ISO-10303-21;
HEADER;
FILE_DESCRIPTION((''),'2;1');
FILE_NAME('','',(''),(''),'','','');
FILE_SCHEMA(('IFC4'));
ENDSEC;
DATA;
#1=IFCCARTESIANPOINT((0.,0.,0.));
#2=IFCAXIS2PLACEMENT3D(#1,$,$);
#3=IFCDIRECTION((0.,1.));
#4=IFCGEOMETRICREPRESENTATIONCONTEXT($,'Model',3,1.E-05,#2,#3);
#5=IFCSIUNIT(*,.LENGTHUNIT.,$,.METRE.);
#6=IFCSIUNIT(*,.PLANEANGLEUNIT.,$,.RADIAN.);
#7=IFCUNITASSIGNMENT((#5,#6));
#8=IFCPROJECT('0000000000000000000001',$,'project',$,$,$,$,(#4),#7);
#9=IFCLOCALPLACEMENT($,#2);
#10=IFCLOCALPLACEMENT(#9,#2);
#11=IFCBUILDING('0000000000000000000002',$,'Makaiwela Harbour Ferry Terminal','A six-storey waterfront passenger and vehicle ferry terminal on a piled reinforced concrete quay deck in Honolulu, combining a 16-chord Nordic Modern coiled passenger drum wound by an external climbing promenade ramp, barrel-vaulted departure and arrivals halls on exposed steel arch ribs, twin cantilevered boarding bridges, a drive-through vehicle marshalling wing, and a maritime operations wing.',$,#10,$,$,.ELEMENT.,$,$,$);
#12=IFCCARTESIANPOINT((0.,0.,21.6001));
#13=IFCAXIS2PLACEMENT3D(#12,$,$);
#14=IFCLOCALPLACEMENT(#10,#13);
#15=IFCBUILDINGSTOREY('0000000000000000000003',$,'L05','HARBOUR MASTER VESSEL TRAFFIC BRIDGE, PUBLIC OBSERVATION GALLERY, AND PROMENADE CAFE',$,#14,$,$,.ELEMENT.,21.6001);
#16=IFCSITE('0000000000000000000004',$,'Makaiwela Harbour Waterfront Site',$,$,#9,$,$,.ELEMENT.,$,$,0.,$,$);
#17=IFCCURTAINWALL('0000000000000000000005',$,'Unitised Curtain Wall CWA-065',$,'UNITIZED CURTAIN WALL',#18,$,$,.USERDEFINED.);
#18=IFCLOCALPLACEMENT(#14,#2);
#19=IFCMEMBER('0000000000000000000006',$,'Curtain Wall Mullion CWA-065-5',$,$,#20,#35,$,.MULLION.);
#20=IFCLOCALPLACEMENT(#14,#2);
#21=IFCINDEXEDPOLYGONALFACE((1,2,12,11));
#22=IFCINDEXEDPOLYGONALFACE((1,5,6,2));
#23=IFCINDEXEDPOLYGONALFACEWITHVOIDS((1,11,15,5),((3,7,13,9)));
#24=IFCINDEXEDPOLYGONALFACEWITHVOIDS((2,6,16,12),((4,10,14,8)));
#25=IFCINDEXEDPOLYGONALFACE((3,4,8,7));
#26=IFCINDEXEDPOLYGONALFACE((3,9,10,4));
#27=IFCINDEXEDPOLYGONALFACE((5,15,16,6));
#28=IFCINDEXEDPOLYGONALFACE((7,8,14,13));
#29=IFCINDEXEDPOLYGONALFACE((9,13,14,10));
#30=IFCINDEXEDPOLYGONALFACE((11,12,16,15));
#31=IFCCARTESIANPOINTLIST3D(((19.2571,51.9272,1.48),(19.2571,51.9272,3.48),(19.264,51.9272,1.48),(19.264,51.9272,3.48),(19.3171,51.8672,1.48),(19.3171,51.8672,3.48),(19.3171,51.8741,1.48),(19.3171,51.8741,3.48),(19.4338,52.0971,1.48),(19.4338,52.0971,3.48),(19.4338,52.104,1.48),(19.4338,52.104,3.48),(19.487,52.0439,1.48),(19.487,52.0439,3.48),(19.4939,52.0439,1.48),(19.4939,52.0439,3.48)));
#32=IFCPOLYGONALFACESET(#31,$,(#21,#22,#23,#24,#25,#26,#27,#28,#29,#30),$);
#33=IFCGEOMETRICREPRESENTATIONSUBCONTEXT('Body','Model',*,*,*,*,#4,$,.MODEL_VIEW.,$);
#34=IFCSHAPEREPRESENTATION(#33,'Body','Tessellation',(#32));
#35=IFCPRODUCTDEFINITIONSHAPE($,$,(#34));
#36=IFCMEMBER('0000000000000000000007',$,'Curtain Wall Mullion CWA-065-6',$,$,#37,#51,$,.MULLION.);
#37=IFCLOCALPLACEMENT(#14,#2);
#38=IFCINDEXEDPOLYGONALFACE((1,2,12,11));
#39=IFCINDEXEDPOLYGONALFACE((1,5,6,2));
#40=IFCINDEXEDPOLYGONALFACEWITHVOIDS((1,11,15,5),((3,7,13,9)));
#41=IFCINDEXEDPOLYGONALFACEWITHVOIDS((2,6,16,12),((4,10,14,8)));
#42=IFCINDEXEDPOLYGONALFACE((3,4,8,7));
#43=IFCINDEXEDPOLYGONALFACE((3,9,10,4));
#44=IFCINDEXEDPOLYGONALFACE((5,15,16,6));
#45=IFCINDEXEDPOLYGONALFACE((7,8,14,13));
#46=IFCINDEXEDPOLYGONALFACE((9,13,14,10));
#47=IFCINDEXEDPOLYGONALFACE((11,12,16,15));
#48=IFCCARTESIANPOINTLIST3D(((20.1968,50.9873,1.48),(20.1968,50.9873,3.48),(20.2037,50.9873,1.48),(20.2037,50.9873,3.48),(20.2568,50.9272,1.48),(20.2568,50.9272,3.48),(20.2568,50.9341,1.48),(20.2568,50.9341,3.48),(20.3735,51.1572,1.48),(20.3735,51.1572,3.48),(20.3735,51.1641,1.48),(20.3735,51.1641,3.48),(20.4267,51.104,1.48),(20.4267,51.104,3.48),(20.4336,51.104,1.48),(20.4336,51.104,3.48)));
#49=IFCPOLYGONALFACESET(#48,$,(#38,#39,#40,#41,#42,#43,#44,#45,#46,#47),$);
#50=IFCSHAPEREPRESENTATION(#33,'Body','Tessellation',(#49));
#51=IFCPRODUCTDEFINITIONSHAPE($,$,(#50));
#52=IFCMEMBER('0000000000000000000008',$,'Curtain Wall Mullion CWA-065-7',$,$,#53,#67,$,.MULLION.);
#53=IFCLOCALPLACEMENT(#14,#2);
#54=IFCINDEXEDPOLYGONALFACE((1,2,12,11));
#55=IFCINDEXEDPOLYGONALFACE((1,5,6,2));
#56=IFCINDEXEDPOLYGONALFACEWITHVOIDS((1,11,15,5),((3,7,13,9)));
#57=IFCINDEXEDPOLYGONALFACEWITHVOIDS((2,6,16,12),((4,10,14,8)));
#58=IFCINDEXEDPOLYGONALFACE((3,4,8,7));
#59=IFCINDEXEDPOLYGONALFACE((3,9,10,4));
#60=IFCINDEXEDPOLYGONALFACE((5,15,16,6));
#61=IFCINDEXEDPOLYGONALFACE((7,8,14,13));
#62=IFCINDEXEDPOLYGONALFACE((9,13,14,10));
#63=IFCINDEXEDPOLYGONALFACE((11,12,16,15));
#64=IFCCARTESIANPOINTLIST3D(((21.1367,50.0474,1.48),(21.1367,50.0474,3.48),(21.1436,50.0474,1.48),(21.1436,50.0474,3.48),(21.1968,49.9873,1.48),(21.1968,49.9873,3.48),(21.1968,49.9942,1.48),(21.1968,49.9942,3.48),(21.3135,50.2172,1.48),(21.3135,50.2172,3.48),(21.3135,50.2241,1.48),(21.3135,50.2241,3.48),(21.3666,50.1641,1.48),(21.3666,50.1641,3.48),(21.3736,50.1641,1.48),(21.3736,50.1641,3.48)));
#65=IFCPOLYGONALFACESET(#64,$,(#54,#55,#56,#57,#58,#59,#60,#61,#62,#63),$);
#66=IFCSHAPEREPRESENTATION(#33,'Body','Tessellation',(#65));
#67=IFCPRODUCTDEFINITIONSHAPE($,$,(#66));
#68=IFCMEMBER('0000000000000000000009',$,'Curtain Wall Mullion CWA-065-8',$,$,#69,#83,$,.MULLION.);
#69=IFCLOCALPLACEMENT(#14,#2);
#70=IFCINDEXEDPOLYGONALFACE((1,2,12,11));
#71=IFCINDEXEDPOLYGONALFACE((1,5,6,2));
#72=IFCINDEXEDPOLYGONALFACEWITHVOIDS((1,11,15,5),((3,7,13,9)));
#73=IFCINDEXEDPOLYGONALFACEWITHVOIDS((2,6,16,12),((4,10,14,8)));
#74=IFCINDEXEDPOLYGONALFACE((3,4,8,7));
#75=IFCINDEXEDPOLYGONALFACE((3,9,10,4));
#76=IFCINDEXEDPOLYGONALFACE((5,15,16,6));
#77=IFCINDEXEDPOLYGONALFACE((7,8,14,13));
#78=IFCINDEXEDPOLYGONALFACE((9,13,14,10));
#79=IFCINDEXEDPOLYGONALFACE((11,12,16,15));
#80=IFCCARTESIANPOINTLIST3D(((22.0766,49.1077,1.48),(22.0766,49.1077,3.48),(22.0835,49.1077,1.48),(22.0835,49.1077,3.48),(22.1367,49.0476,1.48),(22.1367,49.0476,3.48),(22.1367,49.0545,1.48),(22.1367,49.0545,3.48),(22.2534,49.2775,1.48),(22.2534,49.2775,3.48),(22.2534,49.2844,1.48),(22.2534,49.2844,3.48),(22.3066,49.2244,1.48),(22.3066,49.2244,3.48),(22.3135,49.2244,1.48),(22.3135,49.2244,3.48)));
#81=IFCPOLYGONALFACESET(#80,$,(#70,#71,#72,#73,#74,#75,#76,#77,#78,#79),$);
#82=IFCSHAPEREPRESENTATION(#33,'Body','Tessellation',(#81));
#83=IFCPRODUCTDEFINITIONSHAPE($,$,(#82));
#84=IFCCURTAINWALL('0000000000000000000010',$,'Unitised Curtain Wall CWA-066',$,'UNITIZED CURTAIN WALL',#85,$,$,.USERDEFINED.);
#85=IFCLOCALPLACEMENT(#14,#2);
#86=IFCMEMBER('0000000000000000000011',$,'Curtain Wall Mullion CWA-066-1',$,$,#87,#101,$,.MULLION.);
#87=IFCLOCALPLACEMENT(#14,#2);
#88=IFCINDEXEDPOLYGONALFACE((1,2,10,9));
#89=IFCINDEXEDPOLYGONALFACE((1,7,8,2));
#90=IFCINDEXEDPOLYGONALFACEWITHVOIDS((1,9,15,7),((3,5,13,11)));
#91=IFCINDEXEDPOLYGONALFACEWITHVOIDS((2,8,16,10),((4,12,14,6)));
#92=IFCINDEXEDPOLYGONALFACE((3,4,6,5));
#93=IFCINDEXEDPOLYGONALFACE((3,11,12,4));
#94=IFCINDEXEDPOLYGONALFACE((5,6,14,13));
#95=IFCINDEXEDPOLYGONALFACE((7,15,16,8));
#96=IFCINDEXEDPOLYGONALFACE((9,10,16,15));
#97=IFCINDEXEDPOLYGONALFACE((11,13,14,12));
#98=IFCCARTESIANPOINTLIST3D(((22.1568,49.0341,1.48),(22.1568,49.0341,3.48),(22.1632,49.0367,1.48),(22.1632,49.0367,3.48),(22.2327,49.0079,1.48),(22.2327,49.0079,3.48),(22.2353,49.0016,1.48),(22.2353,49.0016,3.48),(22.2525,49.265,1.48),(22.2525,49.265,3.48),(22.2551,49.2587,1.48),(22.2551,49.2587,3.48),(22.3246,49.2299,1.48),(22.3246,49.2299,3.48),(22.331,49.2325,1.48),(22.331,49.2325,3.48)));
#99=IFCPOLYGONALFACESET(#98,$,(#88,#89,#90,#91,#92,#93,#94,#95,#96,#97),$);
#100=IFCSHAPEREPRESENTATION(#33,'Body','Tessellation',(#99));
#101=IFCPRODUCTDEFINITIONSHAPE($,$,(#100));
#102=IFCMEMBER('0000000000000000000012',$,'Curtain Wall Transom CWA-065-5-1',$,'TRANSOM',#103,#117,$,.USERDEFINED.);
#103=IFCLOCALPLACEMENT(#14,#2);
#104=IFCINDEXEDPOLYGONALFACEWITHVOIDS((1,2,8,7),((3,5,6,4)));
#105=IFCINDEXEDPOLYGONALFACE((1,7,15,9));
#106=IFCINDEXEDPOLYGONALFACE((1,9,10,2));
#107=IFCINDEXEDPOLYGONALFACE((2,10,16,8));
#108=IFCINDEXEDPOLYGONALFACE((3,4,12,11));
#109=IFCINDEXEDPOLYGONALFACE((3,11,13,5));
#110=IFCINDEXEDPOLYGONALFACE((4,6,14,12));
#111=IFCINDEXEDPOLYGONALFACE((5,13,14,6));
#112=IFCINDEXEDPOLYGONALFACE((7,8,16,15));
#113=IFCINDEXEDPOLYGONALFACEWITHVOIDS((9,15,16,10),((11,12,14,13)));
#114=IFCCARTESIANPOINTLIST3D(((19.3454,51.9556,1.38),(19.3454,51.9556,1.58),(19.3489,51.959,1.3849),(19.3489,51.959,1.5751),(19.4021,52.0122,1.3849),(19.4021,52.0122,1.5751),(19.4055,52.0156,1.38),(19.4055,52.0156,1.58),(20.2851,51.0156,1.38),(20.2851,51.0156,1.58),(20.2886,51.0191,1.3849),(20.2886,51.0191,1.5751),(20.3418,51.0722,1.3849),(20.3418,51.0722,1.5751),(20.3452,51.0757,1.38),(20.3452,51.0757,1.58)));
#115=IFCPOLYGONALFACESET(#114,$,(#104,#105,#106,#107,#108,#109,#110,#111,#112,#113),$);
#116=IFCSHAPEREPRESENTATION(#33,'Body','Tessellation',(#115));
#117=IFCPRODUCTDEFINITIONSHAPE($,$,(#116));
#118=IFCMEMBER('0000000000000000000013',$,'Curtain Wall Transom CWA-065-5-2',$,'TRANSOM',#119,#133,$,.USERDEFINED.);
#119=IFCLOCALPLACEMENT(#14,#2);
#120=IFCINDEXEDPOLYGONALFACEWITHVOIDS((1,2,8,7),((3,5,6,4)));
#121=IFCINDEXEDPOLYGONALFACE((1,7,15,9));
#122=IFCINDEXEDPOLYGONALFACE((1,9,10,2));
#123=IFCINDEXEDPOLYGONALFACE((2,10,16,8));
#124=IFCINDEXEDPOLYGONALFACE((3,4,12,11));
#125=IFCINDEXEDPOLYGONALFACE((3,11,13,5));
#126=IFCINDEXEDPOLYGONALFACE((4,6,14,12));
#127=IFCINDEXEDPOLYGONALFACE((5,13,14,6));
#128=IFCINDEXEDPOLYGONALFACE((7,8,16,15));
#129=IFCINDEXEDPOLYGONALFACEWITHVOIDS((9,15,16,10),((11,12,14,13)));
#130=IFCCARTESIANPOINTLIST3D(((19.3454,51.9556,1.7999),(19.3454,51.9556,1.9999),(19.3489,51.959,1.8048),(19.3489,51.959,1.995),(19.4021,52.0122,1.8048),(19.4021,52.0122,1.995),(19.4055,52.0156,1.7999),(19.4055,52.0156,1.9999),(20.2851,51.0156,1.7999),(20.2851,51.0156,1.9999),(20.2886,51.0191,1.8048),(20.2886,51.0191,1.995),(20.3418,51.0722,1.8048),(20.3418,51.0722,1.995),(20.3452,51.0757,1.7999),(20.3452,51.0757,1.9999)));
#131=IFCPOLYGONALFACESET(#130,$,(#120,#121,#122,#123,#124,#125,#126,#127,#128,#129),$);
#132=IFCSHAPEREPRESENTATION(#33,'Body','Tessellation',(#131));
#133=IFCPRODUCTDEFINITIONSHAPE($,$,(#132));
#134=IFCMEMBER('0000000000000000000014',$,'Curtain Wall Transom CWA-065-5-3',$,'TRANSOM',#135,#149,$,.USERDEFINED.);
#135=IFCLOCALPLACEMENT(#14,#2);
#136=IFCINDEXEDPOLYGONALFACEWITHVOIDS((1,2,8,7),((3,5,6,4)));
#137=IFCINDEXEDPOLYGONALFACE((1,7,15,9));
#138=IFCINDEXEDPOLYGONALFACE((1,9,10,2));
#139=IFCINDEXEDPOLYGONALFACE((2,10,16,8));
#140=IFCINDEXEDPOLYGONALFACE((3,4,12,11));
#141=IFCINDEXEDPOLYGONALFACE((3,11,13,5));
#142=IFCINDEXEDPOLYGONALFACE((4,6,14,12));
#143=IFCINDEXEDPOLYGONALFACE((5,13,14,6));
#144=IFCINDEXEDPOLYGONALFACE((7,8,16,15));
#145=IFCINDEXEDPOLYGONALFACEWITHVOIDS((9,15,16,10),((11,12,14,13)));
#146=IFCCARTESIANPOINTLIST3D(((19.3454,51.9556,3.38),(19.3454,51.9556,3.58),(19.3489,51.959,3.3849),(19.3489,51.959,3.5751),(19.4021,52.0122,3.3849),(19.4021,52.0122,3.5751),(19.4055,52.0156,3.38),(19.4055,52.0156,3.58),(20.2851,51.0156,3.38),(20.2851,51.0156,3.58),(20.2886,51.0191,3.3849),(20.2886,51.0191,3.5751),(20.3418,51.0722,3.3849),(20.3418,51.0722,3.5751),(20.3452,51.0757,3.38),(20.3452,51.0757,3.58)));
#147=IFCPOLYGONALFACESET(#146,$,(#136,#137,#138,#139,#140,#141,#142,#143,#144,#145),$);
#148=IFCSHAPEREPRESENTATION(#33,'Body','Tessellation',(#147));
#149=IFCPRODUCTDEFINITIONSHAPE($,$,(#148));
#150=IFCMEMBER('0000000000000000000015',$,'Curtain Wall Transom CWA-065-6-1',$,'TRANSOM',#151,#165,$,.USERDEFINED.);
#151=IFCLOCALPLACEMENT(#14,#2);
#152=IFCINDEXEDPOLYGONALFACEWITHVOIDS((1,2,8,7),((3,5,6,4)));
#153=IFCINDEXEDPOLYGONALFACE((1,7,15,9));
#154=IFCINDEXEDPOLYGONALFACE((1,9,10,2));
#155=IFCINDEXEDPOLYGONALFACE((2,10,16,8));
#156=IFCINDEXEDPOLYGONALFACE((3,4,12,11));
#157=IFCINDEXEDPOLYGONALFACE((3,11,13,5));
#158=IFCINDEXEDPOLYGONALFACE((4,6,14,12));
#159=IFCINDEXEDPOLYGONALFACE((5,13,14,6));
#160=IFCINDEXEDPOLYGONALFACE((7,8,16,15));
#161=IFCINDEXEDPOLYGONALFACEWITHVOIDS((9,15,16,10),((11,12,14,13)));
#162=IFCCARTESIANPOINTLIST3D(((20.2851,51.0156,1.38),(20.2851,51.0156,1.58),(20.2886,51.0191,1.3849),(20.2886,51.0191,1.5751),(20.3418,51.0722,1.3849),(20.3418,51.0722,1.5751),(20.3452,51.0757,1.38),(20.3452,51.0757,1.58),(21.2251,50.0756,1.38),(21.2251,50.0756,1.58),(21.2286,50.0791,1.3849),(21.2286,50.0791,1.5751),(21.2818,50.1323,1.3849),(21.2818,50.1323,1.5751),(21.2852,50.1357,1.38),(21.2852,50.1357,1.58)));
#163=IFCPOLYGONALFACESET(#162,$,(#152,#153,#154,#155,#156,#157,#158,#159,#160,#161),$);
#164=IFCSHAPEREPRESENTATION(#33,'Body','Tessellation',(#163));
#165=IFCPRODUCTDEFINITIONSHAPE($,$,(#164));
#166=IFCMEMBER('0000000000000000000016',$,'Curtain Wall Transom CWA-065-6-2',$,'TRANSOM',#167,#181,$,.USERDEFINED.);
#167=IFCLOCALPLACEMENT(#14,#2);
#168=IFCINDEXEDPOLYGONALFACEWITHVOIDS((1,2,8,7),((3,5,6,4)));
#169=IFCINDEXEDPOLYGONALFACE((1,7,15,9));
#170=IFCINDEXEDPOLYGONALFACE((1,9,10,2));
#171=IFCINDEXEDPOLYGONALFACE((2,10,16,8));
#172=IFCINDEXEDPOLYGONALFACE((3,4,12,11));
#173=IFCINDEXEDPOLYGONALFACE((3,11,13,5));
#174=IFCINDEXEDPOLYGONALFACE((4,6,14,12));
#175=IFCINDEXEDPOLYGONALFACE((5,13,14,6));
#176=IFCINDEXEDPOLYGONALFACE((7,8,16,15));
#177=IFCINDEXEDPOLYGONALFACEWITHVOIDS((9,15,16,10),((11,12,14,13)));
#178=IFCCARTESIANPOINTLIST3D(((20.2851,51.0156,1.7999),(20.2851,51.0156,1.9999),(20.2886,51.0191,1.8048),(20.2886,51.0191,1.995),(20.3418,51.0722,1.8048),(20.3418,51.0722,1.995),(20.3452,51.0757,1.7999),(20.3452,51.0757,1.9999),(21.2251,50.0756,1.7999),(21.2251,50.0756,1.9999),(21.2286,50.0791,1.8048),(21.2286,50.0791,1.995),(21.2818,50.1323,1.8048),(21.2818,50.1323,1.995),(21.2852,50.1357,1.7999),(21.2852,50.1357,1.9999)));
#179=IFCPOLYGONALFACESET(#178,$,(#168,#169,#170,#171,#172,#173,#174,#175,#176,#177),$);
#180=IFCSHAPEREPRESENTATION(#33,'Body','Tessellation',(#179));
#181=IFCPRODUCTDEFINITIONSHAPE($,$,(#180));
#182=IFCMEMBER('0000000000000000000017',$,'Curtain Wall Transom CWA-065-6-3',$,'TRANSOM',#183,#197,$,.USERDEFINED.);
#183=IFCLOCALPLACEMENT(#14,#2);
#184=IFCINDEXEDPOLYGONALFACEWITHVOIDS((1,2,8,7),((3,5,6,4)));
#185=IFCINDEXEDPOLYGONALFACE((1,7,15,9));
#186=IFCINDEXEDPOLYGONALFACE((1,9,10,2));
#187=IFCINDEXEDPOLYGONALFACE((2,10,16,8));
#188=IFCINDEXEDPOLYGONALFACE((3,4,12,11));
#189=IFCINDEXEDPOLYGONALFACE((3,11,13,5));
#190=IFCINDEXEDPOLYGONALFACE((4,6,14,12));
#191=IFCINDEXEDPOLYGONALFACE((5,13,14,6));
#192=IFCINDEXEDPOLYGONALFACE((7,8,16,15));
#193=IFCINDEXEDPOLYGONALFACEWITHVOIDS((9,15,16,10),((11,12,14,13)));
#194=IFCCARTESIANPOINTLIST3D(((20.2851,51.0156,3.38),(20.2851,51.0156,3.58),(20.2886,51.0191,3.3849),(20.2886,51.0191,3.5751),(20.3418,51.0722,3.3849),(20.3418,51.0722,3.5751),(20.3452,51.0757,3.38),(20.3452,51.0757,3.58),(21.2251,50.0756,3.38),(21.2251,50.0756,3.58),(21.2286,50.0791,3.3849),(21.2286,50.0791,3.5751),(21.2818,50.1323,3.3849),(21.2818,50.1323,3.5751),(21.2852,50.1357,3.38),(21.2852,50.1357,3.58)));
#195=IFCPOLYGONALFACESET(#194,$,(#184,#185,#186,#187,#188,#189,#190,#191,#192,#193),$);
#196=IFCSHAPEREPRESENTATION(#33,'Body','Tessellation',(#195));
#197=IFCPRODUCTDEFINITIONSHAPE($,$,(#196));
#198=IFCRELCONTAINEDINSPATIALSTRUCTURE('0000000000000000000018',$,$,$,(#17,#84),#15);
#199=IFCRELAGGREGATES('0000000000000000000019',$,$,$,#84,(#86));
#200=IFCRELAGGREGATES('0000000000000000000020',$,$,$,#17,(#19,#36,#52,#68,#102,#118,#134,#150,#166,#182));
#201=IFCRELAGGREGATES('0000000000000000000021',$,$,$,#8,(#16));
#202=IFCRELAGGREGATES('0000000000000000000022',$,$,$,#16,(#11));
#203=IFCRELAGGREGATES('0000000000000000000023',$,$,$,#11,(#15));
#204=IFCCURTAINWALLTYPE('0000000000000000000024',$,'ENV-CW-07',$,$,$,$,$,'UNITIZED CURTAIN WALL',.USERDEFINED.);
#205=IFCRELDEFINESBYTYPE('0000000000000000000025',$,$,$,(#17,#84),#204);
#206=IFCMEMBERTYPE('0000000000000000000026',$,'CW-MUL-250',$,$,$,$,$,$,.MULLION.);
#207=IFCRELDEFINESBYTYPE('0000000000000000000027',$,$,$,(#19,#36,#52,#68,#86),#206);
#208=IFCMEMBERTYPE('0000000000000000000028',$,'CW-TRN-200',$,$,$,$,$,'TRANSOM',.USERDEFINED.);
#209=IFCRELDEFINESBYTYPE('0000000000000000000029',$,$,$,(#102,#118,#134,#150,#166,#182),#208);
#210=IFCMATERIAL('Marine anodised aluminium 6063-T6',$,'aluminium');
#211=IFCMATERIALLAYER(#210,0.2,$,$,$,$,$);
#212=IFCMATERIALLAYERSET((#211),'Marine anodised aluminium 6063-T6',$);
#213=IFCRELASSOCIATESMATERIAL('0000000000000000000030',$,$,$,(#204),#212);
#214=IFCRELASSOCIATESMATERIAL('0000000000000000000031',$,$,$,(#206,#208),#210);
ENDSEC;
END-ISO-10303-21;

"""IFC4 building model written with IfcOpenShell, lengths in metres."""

from ifc_helpers import new_model, si_unit, direction, frame, origin, origin_2d, place, context, subcontext, project, spatial, hollow_rectangle, extrude, material, layer, layer_set, material_profile, profile_set, type_object, element, aggregate, save


model = new_model("IFC4")

# Units and contexts
model_context = context("Model", 3, precision=1e-05, world=origin(), true_north=direction((0.0, 1.0)))
body_context = subcontext(model_context, "Body", "Model", "MODEL_VIEW")
ifc_project = project(units=[si_unit("LENGTHUNIT", "METRE"), si_unit("PLANEANGLEUNIT", "RADIAN")], contexts=[model_context])

# Site, building, storey
site_placement = place(None, origin())
site = spatial("IfcSite", under=ifc_project, at=site_placement, Name="Makaiwela Harbour Waterfront Site", CompositionType="ELEMENT", RefElevation=0.0)
building_placement = place(site_placement, origin())
building = spatial("IfcBuilding", under=site, at=building_placement, Name="Makaiwela Harbour Ferry Terminal", Description="A six-storey waterfront passenger and vehicle ferry terminal on a piled reinforced concrete quay deck in Honolulu, combining a 16-chord Nordic Modern coiled passenger drum wound by an external climbing promenade ramp, barrel-vaulted departure and arrivals halls on exposed steel arch ribs, twin cantilevered boarding bridges, a drive-through vehicle marshalling wing, and a maritime operations wing.", CompositionType="ELEMENT")
storey_placement = place(building_placement, frame((0.0, 0.0, 21.6001)))
storey = spatial("IfcBuildingStorey", under=building, at=storey_placement, Name="L05", Description="HARBOUR MASTER VESSEL TRAFFIC BRIDGE, PUBLIC OBSERVATION GALLERY, AND PROMENADE CAFE", CompositionType="ELEMENT", Elevation=21.6001)

# Curtain wall, members
ifc_material_1 = material(Name="Marine anodised aluminium 6063-T6", Category="aluminium")
ifc_layer_1 = layer(ifc_material_1, 0.2)
ifc_layer_set_1 = layer_set([ifc_layer_1], Name="Marine anodised aluminium 6063-T6")
curtain_wall_type = type_object("IfcCurtainWallType", Name="ENV-CW-07", ElementType="UNITIZED CURTAIN WALL", PredefinedType="USERDEFINED", material=ifc_layer_set_1)
curtain_wall_1_placement = place(storey_placement, origin())
curtain_wall_1 = element("IfcCurtainWall", 1, at=curtain_wall_1_placement, inside=storey, type_object=curtain_wall_type, Name="Unitised Curtain Wall CWA-065", ObjectType="UNITIZED CURTAIN WALL", PredefinedType="USERDEFINED")
ifc_material_profile_1 = material_profile(ifc_material_1, hollow_rectangle(XDim=0.085, YDim=0.25, WallThickness=0.0049, at=origin_2d()), Name="CWM-250X85")
ifc_profile_set_1 = profile_set([ifc_material_profile_1], Name="Marine anodised aluminium 6063-T6")
member_type_1 = type_object("IfcMemberType", Name="CW-MUL-250", PredefinedType="MULLION", material=ifc_profile_set_1)
member_1_placement = place(storey_placement, frame((19.3755, 51.9856, 1.48), z_axis=(0.0, 0.0, 1.0), x_axis=(-0.707107, 0.707107, 0.0)))
member_1 = element("IfcMember", 2, at=member_1_placement, type_object=member_type_1, Name="Curtain Wall Mullion CWA-065-5", PredefinedType="MULLION", context=body_context, shape_type="SweptSolid", body=[
    extrude(hollow_rectangle(XDim=0.085, YDim=0.25, WallThickness=0.0049, at=origin_2d()), origin(), (0.0, 0.0, 1.0), 2.0),
])
member_2_placement = place(storey_placement, frame((20.3152, 51.0457, 1.48), z_axis=(0.0, 0.0, 1.0), x_axis=(-0.707107, 0.707107, 0.0)))
member_2 = element("IfcMember", 3, at=member_2_placement, type_object=member_type_1, Name="Curtain Wall Mullion CWA-065-6", PredefinedType="MULLION", context=body_context, shape_type="SweptSolid", body=[
    extrude(hollow_rectangle(XDim=0.085, YDim=0.25, WallThickness=0.0049, at=origin_2d()), origin(), (0.0, 0.0, 1.0), 2.0),
])
member_3_placement = place(storey_placement, frame((21.2551, 50.1057, 1.48), z_axis=(0.0, 0.0, 1.0), x_axis=(-0.707107, 0.707107, 0.0)))
member_3 = element("IfcMember", 4, at=member_3_placement, type_object=member_type_1, Name="Curtain Wall Mullion CWA-065-7", PredefinedType="MULLION", context=body_context, shape_type="SweptSolid", body=[
    extrude(hollow_rectangle(XDim=0.085, YDim=0.25, WallThickness=0.0049, at=origin_2d()), origin(), (0.0, 0.0, 1.0), 2.0),
])
member_4_placement = place(storey_placement, frame((22.1951, 49.166, 1.48), z_axis=(0.0, 0.0, 1.0), x_axis=(-0.707107, 0.707107, 0.0)))
member_4 = element("IfcMember", 5, at=member_4_placement, type_object=member_type_1, Name="Curtain Wall Mullion CWA-065-8", PredefinedType="MULLION", context=body_context, shape_type="SweptSolid", body=[
    extrude(hollow_rectangle(XDim=0.085, YDim=0.25, WallThickness=0.0049, at=origin_2d()), origin(), (0.0, 0.0, 1.0), 2.0),
])

# Curtain wall, member
curtain_wall_2_placement = place(storey_placement, origin())
curtain_wall_2 = element("IfcCurtainWall", 6, at=curtain_wall_2_placement, inside=storey, type_object=curtain_wall_type, Name="Unitised Curtain Wall CWA-066", ObjectType="UNITIZED CURTAIN WALL", PredefinedType="USERDEFINED")
member_5_placement = place(storey_placement, frame((22.2439, 49.1333, 1.48), z_axis=(0.0, 0.0, 1.0), x_axis=(-0.92388, 0.382683, 0.0)))
member_5 = element("IfcMember", 7, at=member_5_placement, type_object=member_type_1, Name="Curtain Wall Mullion CWA-066-1", PredefinedType="MULLION", context=body_context, shape_type="SweptSolid", body=[
    extrude(hollow_rectangle(XDim=0.085, YDim=0.25, WallThickness=0.0049, at=origin_2d()), origin(), (0.0, 0.0, 1.0), 2.0),
])
aggregate(curtain_wall_2, [member_5])

# Members
ifc_material_profile_2 = material_profile(ifc_material_1, hollow_rectangle(XDim=0.085, YDim=0.2, WallThickness=0.0049, at=origin_2d()), Name="CWT-200X85")
ifc_profile_set_2 = profile_set([ifc_material_profile_2], Name="Marine anodised aluminium 6063-T6")
member_type_2 = type_object("IfcMemberType", Name="CW-TRN-200", ElementType="TRANSOM", PredefinedType="USERDEFINED", material=ifc_profile_set_2)
member_6_placement = place(storey_placement, frame((19.3755, 51.9856, 1.48), z_axis=(0.707015, -0.707199, 0.0), x_axis=(0.707199, 0.707015, 0.0)))
member_6 = element("IfcMember", 8, at=member_6_placement, type_object=member_type_2, Name="Curtain Wall Transom CWA-065-5-1", ObjectType="TRANSOM", PredefinedType="USERDEFINED", context=body_context, shape_type="SweptSolid", body=[
    extrude(hollow_rectangle(XDim=0.085, YDim=0.2, WallThickness=0.0049, at=origin_2d()), origin(), (0.0, 0.0, 1.0), 1.3291),
])
member_7_placement = place(storey_placement, frame((19.3755, 51.9856, 1.8999), z_axis=(0.707015, -0.707199, 0.0), x_axis=(0.707199, 0.707015, 0.0)))
member_7 = element("IfcMember", 9, at=member_7_placement, type_object=member_type_2, Name="Curtain Wall Transom CWA-065-5-2", ObjectType="TRANSOM", PredefinedType="USERDEFINED", context=body_context, shape_type="SweptSolid", body=[
    extrude(hollow_rectangle(XDim=0.085, YDim=0.2, WallThickness=0.0049, at=origin_2d()), origin(), (0.0, 0.0, 1.0), 1.3291),
])
member_8_placement = place(storey_placement, frame((19.3755, 51.9856, 3.48), z_axis=(0.707015, -0.707199, 0.0), x_axis=(0.707199, 0.707015, 0.0)))
member_8 = element("IfcMember", 10, at=member_8_placement, type_object=member_type_2, Name="Curtain Wall Transom CWA-065-5-3", ObjectType="TRANSOM", PredefinedType="USERDEFINED", context=body_context, shape_type="SweptSolid", body=[
    extrude(hollow_rectangle(XDim=0.085, YDim=0.2, WallThickness=0.0049, at=origin_2d()), origin(), (0.0, 0.0, 1.0), 1.3291),
])
member_9_placement = place(storey_placement, frame((20.3152, 51.0457, 1.48), z_axis=(0.707107, -0.707107, 0.0), x_axis=(0.707107, 0.707107, 0.0)))
member_9 = element("IfcMember", 11, at=member_9_placement, type_object=member_type_2, Name="Curtain Wall Transom CWA-065-6-1", ObjectType="TRANSOM", PredefinedType="USERDEFINED", context=body_context, shape_type="SweptSolid", body=[
    extrude(hollow_rectangle(XDim=0.085, YDim=0.2, WallThickness=0.0049, at=origin_2d()), origin(), (0.0, 0.0, 1.0), 1.3293),
])
member_10_placement = place(storey_placement, frame((20.3152, 51.0457, 1.8999), z_axis=(0.707107, -0.707107, 0.0), x_axis=(0.707107, 0.707107, 0.0)))
member_10 = element("IfcMember", 12, at=member_10_placement, type_object=member_type_2, Name="Curtain Wall Transom CWA-065-6-2", ObjectType="TRANSOM", PredefinedType="USERDEFINED", context=body_context, shape_type="SweptSolid", body=[
    extrude(hollow_rectangle(XDim=0.085, YDim=0.2, WallThickness=0.0049, at=origin_2d()), origin(), (0.0, 0.0, 1.0), 1.3293),
])
member_11_placement = place(storey_placement, frame((20.3152, 51.0457, 3.48), z_axis=(0.707107, -0.707107, 0.0), x_axis=(0.707107, 0.707107, 0.0)))
member_11 = element("IfcMember", 13, at=member_11_placement, type_object=member_type_2, Name="Curtain Wall Transom CWA-065-6-3", ObjectType="TRANSOM", PredefinedType="USERDEFINED", context=body_context, shape_type="SweptSolid", body=[
    extrude(hollow_rectangle(XDim=0.085, YDim=0.2, WallThickness=0.0049, at=origin_2d()), origin(), (0.0, 0.0, 1.0), 1.3293),
])

aggregate(curtain_wall_1, [member_1, member_2, member_3, member_4, member_6, member_7, member_8, member_9, member_10, member_11])

save(model, "model.ifc")
